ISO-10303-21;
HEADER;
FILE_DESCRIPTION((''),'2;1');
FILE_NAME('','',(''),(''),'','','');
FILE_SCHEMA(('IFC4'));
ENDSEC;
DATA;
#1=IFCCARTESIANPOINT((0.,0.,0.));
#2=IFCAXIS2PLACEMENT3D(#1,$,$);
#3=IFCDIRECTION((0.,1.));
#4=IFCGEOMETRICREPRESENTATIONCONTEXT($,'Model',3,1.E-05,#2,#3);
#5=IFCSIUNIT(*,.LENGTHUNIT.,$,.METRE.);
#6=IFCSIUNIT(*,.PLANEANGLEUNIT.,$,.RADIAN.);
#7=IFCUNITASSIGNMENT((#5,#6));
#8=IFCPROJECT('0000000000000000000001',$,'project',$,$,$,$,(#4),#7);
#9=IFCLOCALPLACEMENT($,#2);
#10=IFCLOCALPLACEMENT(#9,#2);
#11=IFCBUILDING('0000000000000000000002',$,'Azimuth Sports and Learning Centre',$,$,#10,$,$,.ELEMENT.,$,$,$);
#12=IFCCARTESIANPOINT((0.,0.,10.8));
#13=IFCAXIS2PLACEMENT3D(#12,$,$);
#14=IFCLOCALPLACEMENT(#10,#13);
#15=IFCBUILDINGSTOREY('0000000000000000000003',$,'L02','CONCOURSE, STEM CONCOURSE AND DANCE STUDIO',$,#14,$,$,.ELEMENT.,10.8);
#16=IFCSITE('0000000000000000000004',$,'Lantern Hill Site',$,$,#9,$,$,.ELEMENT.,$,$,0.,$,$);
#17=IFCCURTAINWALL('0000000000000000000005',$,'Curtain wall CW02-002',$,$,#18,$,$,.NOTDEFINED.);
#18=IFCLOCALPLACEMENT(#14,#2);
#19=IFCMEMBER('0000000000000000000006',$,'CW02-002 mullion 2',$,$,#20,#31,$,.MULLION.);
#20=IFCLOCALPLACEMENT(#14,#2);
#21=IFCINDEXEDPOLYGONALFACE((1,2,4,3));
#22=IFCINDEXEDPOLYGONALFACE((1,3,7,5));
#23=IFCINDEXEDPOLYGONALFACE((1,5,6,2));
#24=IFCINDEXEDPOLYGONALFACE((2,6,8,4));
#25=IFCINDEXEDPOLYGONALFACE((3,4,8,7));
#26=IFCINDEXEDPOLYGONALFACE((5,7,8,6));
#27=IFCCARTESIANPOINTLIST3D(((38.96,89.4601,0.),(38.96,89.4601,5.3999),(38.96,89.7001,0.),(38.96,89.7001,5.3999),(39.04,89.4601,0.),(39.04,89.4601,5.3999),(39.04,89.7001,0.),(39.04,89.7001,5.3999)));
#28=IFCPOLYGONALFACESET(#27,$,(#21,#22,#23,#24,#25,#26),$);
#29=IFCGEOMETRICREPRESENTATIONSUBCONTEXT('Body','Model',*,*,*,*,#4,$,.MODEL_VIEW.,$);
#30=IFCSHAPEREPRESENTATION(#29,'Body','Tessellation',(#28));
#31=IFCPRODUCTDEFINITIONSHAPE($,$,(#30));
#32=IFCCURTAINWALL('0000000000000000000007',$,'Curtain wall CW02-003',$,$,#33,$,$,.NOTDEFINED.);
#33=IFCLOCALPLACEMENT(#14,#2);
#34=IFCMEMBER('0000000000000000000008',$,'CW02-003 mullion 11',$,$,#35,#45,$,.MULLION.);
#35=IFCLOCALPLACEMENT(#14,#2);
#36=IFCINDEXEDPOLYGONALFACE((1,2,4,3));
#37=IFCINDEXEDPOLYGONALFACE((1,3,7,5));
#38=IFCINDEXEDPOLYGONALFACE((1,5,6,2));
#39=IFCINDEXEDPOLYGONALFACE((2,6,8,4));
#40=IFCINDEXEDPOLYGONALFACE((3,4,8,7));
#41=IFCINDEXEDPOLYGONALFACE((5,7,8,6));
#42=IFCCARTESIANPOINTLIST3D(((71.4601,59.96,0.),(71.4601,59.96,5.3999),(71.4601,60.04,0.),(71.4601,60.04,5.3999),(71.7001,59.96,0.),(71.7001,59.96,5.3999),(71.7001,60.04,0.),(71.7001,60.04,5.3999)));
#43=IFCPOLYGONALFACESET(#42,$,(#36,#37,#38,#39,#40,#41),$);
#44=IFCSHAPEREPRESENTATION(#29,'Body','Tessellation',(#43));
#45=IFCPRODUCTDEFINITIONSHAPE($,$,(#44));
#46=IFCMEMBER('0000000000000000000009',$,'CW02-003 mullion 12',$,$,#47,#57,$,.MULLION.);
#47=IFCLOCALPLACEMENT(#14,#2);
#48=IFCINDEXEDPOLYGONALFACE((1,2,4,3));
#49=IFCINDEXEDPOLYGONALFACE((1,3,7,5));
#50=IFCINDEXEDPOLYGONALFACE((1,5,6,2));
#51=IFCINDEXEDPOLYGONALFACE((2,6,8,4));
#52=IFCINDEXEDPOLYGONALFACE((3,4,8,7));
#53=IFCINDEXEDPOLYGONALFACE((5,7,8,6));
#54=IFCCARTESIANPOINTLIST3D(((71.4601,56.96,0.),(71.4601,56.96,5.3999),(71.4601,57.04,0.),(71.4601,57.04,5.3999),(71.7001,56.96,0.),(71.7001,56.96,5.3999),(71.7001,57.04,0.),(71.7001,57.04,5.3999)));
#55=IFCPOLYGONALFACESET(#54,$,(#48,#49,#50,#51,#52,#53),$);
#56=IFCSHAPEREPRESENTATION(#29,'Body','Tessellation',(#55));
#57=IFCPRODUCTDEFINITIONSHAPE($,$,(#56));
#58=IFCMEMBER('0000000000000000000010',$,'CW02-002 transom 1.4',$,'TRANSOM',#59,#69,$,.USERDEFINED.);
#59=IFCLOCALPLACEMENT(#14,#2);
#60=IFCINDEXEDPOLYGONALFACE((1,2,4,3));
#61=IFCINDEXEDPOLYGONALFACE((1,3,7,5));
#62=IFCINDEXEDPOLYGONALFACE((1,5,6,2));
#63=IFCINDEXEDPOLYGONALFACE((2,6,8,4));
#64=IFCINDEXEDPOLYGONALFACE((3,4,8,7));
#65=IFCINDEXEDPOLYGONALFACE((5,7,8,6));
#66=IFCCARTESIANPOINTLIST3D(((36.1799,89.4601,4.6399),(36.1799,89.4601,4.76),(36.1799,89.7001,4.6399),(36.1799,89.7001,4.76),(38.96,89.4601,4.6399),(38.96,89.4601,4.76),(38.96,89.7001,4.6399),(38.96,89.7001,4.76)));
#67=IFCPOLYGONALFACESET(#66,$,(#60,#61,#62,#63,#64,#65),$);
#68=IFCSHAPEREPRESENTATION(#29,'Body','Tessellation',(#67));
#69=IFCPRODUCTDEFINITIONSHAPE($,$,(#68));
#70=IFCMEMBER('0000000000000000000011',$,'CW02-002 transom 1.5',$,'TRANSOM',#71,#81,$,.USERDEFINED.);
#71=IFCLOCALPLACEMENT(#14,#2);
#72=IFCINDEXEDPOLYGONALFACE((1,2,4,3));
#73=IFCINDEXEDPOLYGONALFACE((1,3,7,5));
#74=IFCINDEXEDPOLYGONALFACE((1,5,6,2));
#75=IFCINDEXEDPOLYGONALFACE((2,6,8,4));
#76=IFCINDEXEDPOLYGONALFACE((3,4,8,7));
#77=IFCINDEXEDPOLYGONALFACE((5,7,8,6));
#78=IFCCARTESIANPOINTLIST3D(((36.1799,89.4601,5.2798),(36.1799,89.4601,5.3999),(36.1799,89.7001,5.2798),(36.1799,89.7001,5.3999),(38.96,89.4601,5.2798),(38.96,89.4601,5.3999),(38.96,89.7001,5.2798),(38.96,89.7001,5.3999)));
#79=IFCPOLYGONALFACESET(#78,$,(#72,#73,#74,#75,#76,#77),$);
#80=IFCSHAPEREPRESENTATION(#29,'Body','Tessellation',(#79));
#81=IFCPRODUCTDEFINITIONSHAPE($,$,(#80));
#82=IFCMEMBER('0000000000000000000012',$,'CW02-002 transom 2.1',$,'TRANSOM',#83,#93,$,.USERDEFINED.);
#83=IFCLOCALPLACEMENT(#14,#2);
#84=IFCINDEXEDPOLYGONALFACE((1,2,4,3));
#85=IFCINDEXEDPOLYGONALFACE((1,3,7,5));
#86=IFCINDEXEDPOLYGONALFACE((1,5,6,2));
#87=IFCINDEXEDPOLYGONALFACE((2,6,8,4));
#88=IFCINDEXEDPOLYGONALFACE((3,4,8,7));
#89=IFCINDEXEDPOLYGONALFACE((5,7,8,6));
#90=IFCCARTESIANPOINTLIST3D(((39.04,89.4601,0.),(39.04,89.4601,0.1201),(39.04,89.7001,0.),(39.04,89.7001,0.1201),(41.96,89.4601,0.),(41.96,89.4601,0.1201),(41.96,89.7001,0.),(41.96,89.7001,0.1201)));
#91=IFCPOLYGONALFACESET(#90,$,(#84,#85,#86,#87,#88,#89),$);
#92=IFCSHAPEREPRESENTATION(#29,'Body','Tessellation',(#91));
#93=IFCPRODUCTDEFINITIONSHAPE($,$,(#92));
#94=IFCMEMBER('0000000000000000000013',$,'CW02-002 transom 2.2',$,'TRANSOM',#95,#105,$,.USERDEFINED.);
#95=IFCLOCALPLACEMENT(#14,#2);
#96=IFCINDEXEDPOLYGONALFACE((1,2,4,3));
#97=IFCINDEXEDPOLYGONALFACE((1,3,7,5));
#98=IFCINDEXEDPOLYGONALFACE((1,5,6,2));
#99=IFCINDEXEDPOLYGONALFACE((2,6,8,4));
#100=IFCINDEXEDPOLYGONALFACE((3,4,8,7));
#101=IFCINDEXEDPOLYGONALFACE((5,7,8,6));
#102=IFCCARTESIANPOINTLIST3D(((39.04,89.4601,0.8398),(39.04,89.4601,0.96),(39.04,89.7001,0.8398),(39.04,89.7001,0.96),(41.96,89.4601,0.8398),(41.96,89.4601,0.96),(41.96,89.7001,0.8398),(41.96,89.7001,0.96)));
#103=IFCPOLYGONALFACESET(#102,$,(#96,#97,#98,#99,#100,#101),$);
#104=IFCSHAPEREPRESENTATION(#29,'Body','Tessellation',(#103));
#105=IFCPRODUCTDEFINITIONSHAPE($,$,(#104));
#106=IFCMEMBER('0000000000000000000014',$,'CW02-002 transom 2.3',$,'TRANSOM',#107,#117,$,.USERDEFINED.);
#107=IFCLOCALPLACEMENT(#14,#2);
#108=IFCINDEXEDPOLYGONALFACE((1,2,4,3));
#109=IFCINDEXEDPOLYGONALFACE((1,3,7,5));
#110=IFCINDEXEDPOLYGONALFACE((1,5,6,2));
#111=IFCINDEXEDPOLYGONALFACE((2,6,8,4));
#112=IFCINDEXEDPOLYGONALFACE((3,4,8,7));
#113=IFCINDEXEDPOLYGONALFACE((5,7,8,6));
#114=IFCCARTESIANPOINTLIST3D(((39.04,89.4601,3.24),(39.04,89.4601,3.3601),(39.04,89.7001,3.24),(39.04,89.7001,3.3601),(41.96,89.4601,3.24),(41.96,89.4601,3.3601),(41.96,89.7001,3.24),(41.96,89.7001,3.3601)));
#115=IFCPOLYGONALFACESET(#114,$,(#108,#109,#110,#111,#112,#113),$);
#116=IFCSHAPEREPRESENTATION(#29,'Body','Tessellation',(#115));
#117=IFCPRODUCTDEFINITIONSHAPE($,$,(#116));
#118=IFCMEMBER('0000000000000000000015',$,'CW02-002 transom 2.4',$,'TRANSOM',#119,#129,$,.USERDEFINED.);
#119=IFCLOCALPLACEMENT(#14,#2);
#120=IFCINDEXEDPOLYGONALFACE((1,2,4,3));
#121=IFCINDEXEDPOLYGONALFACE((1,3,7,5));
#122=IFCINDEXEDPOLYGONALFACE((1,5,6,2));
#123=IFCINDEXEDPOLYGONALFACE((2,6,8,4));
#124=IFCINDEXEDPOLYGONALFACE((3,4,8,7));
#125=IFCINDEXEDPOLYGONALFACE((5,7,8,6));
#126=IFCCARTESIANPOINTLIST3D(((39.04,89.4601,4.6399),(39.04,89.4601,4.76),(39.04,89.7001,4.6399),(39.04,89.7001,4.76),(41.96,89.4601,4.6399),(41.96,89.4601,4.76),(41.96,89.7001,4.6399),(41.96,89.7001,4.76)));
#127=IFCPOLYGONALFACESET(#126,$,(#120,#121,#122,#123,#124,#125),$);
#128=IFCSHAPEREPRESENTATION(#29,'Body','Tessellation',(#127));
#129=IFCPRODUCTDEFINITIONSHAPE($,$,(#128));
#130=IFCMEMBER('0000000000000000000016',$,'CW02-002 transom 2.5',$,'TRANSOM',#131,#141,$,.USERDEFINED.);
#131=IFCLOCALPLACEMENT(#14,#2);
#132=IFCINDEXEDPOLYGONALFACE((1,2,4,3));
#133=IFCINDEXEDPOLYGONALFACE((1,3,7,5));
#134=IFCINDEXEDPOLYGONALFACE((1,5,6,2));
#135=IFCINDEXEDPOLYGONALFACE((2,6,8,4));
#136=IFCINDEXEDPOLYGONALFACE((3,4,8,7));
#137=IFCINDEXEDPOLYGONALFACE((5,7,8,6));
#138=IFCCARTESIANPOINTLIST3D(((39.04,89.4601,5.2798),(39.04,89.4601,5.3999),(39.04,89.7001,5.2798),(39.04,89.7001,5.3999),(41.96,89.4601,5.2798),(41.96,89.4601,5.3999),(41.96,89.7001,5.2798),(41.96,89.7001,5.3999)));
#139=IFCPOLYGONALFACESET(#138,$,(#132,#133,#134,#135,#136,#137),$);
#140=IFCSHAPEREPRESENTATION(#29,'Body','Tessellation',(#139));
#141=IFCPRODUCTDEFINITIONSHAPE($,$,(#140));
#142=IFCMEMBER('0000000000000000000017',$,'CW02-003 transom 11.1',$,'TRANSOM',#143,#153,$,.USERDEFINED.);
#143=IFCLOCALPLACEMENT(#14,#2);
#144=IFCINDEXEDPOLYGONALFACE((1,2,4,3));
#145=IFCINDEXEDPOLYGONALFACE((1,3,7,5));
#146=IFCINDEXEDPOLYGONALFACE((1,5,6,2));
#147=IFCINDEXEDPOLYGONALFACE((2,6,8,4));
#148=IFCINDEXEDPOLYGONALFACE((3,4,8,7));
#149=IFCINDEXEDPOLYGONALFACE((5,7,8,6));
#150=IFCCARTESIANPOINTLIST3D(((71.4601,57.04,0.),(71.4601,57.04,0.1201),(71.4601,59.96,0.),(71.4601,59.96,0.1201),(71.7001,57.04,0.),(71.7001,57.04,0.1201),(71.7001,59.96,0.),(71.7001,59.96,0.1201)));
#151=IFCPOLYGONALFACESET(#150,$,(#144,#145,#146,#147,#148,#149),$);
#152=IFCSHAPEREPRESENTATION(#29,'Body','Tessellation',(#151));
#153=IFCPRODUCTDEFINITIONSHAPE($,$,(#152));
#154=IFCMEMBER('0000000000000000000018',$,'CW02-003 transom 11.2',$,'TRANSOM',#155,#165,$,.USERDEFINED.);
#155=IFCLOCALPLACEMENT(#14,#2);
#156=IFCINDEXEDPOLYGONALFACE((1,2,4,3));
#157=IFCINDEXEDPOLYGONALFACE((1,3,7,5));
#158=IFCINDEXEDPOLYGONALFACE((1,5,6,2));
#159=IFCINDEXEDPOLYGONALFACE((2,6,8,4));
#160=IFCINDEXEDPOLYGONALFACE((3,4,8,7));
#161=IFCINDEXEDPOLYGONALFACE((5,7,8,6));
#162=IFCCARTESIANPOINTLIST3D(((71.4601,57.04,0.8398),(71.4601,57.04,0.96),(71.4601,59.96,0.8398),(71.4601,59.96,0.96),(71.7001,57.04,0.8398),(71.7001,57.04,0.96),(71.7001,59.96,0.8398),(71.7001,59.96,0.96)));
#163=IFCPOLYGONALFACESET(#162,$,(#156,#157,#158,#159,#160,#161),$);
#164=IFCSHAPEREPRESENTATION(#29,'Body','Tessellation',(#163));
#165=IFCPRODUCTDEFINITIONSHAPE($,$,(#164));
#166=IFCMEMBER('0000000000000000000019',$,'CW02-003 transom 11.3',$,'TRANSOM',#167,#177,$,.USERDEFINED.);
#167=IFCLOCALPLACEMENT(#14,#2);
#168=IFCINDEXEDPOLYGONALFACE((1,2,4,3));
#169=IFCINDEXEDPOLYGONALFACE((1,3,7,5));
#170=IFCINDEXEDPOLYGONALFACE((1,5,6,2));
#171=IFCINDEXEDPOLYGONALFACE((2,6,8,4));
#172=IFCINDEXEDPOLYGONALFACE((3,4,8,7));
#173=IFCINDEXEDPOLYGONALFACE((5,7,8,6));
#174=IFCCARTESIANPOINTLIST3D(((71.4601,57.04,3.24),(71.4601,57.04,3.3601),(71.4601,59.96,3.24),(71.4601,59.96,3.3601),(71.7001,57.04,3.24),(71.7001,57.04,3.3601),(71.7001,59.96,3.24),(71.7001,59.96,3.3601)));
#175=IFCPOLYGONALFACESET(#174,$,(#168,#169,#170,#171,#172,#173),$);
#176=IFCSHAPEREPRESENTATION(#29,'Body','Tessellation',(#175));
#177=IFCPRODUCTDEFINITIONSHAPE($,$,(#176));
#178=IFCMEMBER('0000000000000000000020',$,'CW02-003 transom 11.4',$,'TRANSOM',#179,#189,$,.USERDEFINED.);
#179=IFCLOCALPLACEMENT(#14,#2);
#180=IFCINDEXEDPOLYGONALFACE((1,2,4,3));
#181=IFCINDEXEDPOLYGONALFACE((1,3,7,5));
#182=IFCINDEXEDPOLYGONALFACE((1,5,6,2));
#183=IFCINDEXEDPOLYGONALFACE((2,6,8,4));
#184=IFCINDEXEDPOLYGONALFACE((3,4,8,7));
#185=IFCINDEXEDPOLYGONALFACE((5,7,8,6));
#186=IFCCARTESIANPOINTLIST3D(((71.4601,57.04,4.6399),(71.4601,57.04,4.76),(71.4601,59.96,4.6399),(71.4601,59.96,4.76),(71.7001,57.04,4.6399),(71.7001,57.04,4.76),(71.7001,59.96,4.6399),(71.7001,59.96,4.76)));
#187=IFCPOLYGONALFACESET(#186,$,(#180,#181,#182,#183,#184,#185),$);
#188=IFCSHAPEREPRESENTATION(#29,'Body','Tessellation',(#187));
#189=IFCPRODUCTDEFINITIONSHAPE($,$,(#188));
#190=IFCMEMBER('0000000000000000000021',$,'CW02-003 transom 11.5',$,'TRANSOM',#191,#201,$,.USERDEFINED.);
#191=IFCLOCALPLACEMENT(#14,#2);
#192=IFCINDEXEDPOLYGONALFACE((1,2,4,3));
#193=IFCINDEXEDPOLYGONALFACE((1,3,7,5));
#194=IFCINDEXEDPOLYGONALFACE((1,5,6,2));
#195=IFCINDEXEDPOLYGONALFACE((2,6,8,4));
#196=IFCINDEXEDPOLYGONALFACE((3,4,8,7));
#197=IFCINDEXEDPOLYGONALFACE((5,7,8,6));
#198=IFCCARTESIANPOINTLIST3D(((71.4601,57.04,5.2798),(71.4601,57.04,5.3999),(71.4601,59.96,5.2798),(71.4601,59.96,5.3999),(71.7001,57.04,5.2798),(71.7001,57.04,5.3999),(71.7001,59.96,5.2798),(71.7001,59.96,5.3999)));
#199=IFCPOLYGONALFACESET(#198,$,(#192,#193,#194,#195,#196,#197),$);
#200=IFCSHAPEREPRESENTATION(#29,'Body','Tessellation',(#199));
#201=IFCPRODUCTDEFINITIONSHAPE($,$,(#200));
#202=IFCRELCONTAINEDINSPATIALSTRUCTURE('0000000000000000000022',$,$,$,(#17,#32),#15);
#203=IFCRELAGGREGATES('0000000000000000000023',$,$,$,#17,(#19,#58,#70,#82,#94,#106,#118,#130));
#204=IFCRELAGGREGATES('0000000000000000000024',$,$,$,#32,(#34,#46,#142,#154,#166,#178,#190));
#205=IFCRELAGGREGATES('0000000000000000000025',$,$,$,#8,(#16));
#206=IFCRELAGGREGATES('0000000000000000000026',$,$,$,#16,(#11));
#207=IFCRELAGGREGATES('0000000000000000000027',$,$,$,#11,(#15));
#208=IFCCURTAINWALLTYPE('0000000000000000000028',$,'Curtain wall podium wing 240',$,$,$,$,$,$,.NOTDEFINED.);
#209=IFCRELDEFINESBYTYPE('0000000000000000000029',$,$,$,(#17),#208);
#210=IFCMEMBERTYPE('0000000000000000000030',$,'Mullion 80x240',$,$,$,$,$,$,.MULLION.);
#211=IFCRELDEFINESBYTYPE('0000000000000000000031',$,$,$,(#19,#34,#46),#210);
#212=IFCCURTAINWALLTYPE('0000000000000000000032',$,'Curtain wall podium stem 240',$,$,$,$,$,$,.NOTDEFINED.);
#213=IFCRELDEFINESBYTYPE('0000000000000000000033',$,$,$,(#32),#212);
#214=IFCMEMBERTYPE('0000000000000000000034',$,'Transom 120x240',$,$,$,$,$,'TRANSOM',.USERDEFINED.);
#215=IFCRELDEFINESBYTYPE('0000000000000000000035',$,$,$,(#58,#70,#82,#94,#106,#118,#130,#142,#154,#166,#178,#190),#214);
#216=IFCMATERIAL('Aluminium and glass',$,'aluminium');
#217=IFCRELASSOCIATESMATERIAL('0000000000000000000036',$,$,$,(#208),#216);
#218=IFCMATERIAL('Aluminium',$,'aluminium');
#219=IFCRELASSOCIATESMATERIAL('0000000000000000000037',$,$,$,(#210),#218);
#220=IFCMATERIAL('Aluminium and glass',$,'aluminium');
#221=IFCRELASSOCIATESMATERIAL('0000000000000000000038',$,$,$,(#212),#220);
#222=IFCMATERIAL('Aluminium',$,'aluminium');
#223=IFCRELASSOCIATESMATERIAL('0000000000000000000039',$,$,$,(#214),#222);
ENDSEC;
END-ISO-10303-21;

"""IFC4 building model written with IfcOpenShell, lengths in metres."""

from ifc_helpers import new_model, si_unit, direction, frame, origin, origin_2d, place, context, subcontext, project, spatial, rectangle, extrude, material, material_profile, profile_set, type_object, element, aggregate, save


model = new_model("IFC4")

# Units and contexts
model_context = context("Model", 3, precision=1e-05, world=origin(), true_north=direction((0.0, 1.0)))
body_context = subcontext(model_context, "Body", "Model", "MODEL_VIEW")
ifc_project = project(units=[si_unit("LENGTHUNIT", "METRE"), si_unit("PLANEANGLEUNIT", "RADIAN")], contexts=[model_context])

# Site, building, storey
site_placement = place(None, origin())
site = spatial("IfcSite", under=ifc_project, at=site_placement, Name="Lantern Hill Site", CompositionType="ELEMENT", RefElevation=0.0)
building_placement = place(site_placement, origin())
building = spatial("IfcBuilding", under=site, at=building_placement, Name="Azimuth Sports and Learning Centre", CompositionType="ELEMENT")
storey_placement = place(building_placement, frame((0.0, 0.0, 10.8)))
storey = spatial("IfcBuildingStorey", under=building, at=storey_placement, Name="L02", Description="CONCOURSE, STEM CONCOURSE AND DANCE STUDIO", CompositionType="ELEMENT", Elevation=10.8)

# Curtain wall, member
ifc_material_1 = material(Name="Aluminium and glass", Category="aluminium")
curtain_wall_type_1 = type_object("IfcCurtainWallType", Name="Curtain wall podium wing 240", PredefinedType="NOTDEFINED", material=ifc_material_1)
curtain_wall_1_placement = place(storey_placement, origin())
curtain_wall_1 = element("IfcCurtainWall", 1, at=curtain_wall_1_placement, inside=storey, type_object=curtain_wall_type_1, Name="Curtain wall CW02-002", PredefinedType="NOTDEFINED")
ifc_material_2 = material(Name="Aluminium", Category="aluminium")
ifc_material_profile_1 = material_profile(ifc_material_2, rectangle(XDim=0.24, YDim=0.0801, at=origin_2d()), Name="Mullion 80x240")
ifc_profile_set_1 = profile_set([ifc_material_profile_1], Name="Aluminium")
member_type_1 = type_object("IfcMemberType", Name="Mullion 80x240", PredefinedType="MULLION", material=ifc_profile_set_1)
member_1_placement = place(storey_placement, frame((39.0, 89.5801, 0.0), z_axis=(0.0, 0.0, 1.0), x_axis=(0.0, 1.0, 0.0)))
member_1 = element("IfcMember", 2, at=member_1_placement, type_object=member_type_1, Name="CW02-002 mullion 2", PredefinedType="MULLION", context=body_context, shape_type="SweptSolid", body=[
    extrude(rectangle(XDim=0.24, YDim=0.0801, at=origin_2d()), origin(), (0.0, 0.0, 1.0), 5.3999),
])

# Curtain wall, members
ifc_material_3 = material(Name="Aluminium and glass", Category="aluminium")
curtain_wall_type_2 = type_object("IfcCurtainWallType", Name="Curtain wall podium stem 240", PredefinedType="NOTDEFINED", material=ifc_material_3)
curtain_wall_2_placement = place(storey_placement, origin())
curtain_wall_2 = element("IfcCurtainWall", 3, at=curtain_wall_2_placement, inside=storey, type_object=curtain_wall_type_2, Name="Curtain wall CW02-003", PredefinedType="NOTDEFINED")
member_2_placement = place(storey_placement, frame((71.5801, 60.0, 0.0), z_axis=(0.0, 0.0, 1.0), x_axis=(1.0, 0.0, 0.0)))
member_2 = element("IfcMember", 4, at=member_2_placement, type_object=member_type_1, Name="CW02-003 mullion 11", PredefinedType="MULLION", context=body_context, shape_type="SweptSolid", body=[
    extrude(rectangle(XDim=0.24, YDim=0.0801, at=origin_2d()), origin(), (0.0, 0.0, 1.0), 5.3999),
])
member_3_placement = place(storey_placement, frame((71.5801, 57.0, 0.0), z_axis=(0.0, 0.0, 1.0), x_axis=(1.0, 0.0, 0.0)))
member_3 = element("IfcMember", 5, at=member_3_placement, type_object=member_type_1, Name="CW02-003 mullion 12", PredefinedType="MULLION", context=body_context, shape_type="SweptSolid", body=[
    extrude(rectangle(XDim=0.24, YDim=0.0801, at=origin_2d()), origin(), (0.0, 0.0, 1.0), 5.3999),
])

# Members
ifc_material_4 = material(Name="Aluminium", Category="aluminium")
ifc_material_profile_2 = material_profile(ifc_material_4, rectangle(XDim=0.24, YDim=0.1201, at=origin_2d()), Name="Transom 120x240")
ifc_profile_set_2 = profile_set([ifc_material_profile_2], Name="Aluminium")
member_type_2 = type_object("IfcMemberType", Name="Transom 120x240", ElementType="TRANSOM", PredefinedType="USERDEFINED", material=ifc_profile_set_2)
member_4_placement = place(storey_placement, frame((36.1799, 89.5801, 4.7), z_axis=(1.0, 0.0, 0.0), x_axis=(0.0, 1.0, 0.0)))
member_4 = element("IfcMember", 6, at=member_4_placement, type_object=member_type_2, Name="CW02-002 transom 1.4", ObjectType="TRANSOM", PredefinedType="USERDEFINED", context=body_context, shape_type="SweptSolid", body=[
    extrude(rectangle(XDim=0.24, YDim=0.1201, at=origin_2d()), origin(), (0.0, 0.0, 1.0), 2.78),
])
member_5_placement = place(storey_placement, frame((36.1799, 89.5801, 5.3398), z_axis=(1.0, 0.0, 0.0), x_axis=(0.0, 1.0, 0.0)))
member_5 = element("IfcMember", 7, at=member_5_placement, type_object=member_type_2, Name="CW02-002 transom 1.5", ObjectType="TRANSOM", PredefinedType="USERDEFINED", context=body_context, shape_type="SweptSolid", body=[
    extrude(rectangle(XDim=0.24, YDim=0.1201, at=origin_2d()), origin(), (0.0, 0.0, 1.0), 2.78),
])
member_6_placement = place(storey_placement, frame((39.04, 89.5801, 0.0601), z_axis=(1.0, 0.0, 0.0), x_axis=(0.0, 1.0, 0.0)))
member_6 = element("IfcMember", 8, at=member_6_placement, type_object=member_type_2, Name="CW02-002 transom 2.1", ObjectType="TRANSOM", PredefinedType="USERDEFINED", context=body_context, shape_type="SweptSolid", body=[
    extrude(rectangle(XDim=0.24, YDim=0.1201, at=origin_2d()), origin(), (0.0, 0.0, 1.0), 2.9199),
])
member_7_placement = place(storey_placement, frame((39.04, 89.5801, 0.8999), z_axis=(1.0, 0.0, 0.0), x_axis=(0.0, 1.0, 0.0)))
member_7 = element("IfcMember", 9, at=member_7_placement, type_object=member_type_2, Name="CW02-002 transom 2.2", ObjectType="TRANSOM", PredefinedType="USERDEFINED", context=body_context, shape_type="SweptSolid", body=[
    extrude(rectangle(XDim=0.24, YDim=0.1201, at=origin_2d()), origin(), (0.0, 0.0, 1.0), 2.9199),
])
member_8_placement = place(storey_placement, frame((39.04, 89.5801, 3.3), z_axis=(1.0, 0.0, 0.0), x_axis=(0.0, 1.0, 0.0)))
member_8 = element("IfcMember", 10, at=member_8_placement, type_object=member_type_2, Name="CW02-002 transom 2.3", ObjectType="TRANSOM", PredefinedType="USERDEFINED", context=body_context, shape_type="SweptSolid", body=[
    extrude(rectangle(XDim=0.24, YDim=0.1201, at=origin_2d()), origin(), (0.0, 0.0, 1.0), 2.9199),
])
member_9_placement = place(storey_placement, frame((39.04, 89.5801, 4.7), z_axis=(1.0, 0.0, 0.0), x_axis=(0.0, 1.0, 0.0)))
member_9 = element("IfcMember", 11, at=member_9_placement, type_object=member_type_2, Name="CW02-002 transom 2.4", ObjectType="TRANSOM", PredefinedType="USERDEFINED", context=body_context, shape_type="SweptSolid", body=[
    extrude(rectangle(XDim=0.24, YDim=0.1201, at=origin_2d()), origin(), (0.0, 0.0, 1.0), 2.9199),
])
member_10_placement = place(storey_placement, frame((39.04, 89.5801, 5.3398), z_axis=(1.0, 0.0, 0.0), x_axis=(0.0, 1.0, 0.0)))
member_10 = element("IfcMember", 12, at=member_10_placement, type_object=member_type_2, Name="CW02-002 transom 2.5", ObjectType="TRANSOM", PredefinedType="USERDEFINED", context=body_context, shape_type="SweptSolid", body=[
    extrude(rectangle(XDim=0.24, YDim=0.1201, at=origin_2d()), origin(), (0.0, 0.0, 1.0), 2.9199),
])
member_11_placement = place(storey_placement, frame((71.5801, 59.96, 0.0601), z_axis=(0.0, -1.0, 0.0), x_axis=(1.0, 0.0, 0.0)))
member_11 = element("IfcMember", 13, at=member_11_placement, type_object=member_type_2, Name="CW02-003 transom 11.1", ObjectType="TRANSOM", PredefinedType="USERDEFINED", context=body_context, shape_type="SweptSolid", body=[
    extrude(rectangle(XDim=0.24, YDim=0.1201, at=origin_2d()), origin(), (0.0, 0.0, 1.0), 2.9199),
])
member_12_placement = place(storey_placement, frame((71.5801, 59.96, 0.8999), z_axis=(0.0, -1.0, 0.0), x_axis=(1.0, 0.0, 0.0)))
member_12 = element("IfcMember", 14, at=member_12_placement, type_object=member_type_2, Name="CW02-003 transom 11.2", ObjectType="TRANSOM", PredefinedType="USERDEFINED", context=body_context, shape_type="SweptSolid", body=[
    extrude(rectangle(XDim=0.24, YDim=0.1201, at=origin_2d()), origin(), (0.0, 0.0, 1.0), 2.9199),
])
member_13_placement = place(storey_placement, frame((71.5801, 59.96, 3.3), z_axis=(0.0, -1.0, 0.0), x_axis=(1.0, 0.0, 0.0)))
member_13 = element("IfcMember", 15, at=member_13_placement, type_object=member_type_2, Name="CW02-003 transom 11.3", ObjectType="TRANSOM", PredefinedType="USERDEFINED", context=body_context, shape_type="SweptSolid", body=[
    extrude(rectangle(XDim=0.24, YDim=0.1201, at=origin_2d()), origin(), (0.0, 0.0, 1.0), 2.9199),
])
member_14_placement = place(storey_placement, frame((71.5801, 59.96, 4.7), z_axis=(0.0, -1.0, 0.0), x_axis=(1.0, 0.0, 0.0)))
member_14 = element("IfcMember", 16, at=member_14_placement, type_object=member_type_2, Name="CW02-003 transom 11.4", ObjectType="TRANSOM", PredefinedType="USERDEFINED", context=body_context, shape_type="SweptSolid", body=[
    extrude(rectangle(XDim=0.24, YDim=0.1201, at=origin_2d()), origin(), (0.0, 0.0, 1.0), 2.9199),
])
member_15_placement = place(storey_placement, frame((71.5801, 59.96, 5.3398), z_axis=(0.0, -1.0, 0.0), x_axis=(1.0, 0.0, 0.0)))
member_15 = element("IfcMember", 17, at=member_15_placement, type_object=member_type_2, Name="CW02-003 transom 11.5", ObjectType="TRANSOM", PredefinedType="USERDEFINED", context=body_context, shape_type="SweptSolid", body=[
    extrude(rectangle(XDim=0.24, YDim=0.1201, at=origin_2d()), origin(), (0.0, 0.0, 1.0), 2.9199),
])

aggregate(curtain_wall_1, [member_1, member_4, member_5, member_6, member_7, member_8, member_9, member_10])
aggregate(curtain_wall_2, [member_2, member_3, member_11, member_12, member_13, member_14, member_15])

save(model, "model.ifc")
